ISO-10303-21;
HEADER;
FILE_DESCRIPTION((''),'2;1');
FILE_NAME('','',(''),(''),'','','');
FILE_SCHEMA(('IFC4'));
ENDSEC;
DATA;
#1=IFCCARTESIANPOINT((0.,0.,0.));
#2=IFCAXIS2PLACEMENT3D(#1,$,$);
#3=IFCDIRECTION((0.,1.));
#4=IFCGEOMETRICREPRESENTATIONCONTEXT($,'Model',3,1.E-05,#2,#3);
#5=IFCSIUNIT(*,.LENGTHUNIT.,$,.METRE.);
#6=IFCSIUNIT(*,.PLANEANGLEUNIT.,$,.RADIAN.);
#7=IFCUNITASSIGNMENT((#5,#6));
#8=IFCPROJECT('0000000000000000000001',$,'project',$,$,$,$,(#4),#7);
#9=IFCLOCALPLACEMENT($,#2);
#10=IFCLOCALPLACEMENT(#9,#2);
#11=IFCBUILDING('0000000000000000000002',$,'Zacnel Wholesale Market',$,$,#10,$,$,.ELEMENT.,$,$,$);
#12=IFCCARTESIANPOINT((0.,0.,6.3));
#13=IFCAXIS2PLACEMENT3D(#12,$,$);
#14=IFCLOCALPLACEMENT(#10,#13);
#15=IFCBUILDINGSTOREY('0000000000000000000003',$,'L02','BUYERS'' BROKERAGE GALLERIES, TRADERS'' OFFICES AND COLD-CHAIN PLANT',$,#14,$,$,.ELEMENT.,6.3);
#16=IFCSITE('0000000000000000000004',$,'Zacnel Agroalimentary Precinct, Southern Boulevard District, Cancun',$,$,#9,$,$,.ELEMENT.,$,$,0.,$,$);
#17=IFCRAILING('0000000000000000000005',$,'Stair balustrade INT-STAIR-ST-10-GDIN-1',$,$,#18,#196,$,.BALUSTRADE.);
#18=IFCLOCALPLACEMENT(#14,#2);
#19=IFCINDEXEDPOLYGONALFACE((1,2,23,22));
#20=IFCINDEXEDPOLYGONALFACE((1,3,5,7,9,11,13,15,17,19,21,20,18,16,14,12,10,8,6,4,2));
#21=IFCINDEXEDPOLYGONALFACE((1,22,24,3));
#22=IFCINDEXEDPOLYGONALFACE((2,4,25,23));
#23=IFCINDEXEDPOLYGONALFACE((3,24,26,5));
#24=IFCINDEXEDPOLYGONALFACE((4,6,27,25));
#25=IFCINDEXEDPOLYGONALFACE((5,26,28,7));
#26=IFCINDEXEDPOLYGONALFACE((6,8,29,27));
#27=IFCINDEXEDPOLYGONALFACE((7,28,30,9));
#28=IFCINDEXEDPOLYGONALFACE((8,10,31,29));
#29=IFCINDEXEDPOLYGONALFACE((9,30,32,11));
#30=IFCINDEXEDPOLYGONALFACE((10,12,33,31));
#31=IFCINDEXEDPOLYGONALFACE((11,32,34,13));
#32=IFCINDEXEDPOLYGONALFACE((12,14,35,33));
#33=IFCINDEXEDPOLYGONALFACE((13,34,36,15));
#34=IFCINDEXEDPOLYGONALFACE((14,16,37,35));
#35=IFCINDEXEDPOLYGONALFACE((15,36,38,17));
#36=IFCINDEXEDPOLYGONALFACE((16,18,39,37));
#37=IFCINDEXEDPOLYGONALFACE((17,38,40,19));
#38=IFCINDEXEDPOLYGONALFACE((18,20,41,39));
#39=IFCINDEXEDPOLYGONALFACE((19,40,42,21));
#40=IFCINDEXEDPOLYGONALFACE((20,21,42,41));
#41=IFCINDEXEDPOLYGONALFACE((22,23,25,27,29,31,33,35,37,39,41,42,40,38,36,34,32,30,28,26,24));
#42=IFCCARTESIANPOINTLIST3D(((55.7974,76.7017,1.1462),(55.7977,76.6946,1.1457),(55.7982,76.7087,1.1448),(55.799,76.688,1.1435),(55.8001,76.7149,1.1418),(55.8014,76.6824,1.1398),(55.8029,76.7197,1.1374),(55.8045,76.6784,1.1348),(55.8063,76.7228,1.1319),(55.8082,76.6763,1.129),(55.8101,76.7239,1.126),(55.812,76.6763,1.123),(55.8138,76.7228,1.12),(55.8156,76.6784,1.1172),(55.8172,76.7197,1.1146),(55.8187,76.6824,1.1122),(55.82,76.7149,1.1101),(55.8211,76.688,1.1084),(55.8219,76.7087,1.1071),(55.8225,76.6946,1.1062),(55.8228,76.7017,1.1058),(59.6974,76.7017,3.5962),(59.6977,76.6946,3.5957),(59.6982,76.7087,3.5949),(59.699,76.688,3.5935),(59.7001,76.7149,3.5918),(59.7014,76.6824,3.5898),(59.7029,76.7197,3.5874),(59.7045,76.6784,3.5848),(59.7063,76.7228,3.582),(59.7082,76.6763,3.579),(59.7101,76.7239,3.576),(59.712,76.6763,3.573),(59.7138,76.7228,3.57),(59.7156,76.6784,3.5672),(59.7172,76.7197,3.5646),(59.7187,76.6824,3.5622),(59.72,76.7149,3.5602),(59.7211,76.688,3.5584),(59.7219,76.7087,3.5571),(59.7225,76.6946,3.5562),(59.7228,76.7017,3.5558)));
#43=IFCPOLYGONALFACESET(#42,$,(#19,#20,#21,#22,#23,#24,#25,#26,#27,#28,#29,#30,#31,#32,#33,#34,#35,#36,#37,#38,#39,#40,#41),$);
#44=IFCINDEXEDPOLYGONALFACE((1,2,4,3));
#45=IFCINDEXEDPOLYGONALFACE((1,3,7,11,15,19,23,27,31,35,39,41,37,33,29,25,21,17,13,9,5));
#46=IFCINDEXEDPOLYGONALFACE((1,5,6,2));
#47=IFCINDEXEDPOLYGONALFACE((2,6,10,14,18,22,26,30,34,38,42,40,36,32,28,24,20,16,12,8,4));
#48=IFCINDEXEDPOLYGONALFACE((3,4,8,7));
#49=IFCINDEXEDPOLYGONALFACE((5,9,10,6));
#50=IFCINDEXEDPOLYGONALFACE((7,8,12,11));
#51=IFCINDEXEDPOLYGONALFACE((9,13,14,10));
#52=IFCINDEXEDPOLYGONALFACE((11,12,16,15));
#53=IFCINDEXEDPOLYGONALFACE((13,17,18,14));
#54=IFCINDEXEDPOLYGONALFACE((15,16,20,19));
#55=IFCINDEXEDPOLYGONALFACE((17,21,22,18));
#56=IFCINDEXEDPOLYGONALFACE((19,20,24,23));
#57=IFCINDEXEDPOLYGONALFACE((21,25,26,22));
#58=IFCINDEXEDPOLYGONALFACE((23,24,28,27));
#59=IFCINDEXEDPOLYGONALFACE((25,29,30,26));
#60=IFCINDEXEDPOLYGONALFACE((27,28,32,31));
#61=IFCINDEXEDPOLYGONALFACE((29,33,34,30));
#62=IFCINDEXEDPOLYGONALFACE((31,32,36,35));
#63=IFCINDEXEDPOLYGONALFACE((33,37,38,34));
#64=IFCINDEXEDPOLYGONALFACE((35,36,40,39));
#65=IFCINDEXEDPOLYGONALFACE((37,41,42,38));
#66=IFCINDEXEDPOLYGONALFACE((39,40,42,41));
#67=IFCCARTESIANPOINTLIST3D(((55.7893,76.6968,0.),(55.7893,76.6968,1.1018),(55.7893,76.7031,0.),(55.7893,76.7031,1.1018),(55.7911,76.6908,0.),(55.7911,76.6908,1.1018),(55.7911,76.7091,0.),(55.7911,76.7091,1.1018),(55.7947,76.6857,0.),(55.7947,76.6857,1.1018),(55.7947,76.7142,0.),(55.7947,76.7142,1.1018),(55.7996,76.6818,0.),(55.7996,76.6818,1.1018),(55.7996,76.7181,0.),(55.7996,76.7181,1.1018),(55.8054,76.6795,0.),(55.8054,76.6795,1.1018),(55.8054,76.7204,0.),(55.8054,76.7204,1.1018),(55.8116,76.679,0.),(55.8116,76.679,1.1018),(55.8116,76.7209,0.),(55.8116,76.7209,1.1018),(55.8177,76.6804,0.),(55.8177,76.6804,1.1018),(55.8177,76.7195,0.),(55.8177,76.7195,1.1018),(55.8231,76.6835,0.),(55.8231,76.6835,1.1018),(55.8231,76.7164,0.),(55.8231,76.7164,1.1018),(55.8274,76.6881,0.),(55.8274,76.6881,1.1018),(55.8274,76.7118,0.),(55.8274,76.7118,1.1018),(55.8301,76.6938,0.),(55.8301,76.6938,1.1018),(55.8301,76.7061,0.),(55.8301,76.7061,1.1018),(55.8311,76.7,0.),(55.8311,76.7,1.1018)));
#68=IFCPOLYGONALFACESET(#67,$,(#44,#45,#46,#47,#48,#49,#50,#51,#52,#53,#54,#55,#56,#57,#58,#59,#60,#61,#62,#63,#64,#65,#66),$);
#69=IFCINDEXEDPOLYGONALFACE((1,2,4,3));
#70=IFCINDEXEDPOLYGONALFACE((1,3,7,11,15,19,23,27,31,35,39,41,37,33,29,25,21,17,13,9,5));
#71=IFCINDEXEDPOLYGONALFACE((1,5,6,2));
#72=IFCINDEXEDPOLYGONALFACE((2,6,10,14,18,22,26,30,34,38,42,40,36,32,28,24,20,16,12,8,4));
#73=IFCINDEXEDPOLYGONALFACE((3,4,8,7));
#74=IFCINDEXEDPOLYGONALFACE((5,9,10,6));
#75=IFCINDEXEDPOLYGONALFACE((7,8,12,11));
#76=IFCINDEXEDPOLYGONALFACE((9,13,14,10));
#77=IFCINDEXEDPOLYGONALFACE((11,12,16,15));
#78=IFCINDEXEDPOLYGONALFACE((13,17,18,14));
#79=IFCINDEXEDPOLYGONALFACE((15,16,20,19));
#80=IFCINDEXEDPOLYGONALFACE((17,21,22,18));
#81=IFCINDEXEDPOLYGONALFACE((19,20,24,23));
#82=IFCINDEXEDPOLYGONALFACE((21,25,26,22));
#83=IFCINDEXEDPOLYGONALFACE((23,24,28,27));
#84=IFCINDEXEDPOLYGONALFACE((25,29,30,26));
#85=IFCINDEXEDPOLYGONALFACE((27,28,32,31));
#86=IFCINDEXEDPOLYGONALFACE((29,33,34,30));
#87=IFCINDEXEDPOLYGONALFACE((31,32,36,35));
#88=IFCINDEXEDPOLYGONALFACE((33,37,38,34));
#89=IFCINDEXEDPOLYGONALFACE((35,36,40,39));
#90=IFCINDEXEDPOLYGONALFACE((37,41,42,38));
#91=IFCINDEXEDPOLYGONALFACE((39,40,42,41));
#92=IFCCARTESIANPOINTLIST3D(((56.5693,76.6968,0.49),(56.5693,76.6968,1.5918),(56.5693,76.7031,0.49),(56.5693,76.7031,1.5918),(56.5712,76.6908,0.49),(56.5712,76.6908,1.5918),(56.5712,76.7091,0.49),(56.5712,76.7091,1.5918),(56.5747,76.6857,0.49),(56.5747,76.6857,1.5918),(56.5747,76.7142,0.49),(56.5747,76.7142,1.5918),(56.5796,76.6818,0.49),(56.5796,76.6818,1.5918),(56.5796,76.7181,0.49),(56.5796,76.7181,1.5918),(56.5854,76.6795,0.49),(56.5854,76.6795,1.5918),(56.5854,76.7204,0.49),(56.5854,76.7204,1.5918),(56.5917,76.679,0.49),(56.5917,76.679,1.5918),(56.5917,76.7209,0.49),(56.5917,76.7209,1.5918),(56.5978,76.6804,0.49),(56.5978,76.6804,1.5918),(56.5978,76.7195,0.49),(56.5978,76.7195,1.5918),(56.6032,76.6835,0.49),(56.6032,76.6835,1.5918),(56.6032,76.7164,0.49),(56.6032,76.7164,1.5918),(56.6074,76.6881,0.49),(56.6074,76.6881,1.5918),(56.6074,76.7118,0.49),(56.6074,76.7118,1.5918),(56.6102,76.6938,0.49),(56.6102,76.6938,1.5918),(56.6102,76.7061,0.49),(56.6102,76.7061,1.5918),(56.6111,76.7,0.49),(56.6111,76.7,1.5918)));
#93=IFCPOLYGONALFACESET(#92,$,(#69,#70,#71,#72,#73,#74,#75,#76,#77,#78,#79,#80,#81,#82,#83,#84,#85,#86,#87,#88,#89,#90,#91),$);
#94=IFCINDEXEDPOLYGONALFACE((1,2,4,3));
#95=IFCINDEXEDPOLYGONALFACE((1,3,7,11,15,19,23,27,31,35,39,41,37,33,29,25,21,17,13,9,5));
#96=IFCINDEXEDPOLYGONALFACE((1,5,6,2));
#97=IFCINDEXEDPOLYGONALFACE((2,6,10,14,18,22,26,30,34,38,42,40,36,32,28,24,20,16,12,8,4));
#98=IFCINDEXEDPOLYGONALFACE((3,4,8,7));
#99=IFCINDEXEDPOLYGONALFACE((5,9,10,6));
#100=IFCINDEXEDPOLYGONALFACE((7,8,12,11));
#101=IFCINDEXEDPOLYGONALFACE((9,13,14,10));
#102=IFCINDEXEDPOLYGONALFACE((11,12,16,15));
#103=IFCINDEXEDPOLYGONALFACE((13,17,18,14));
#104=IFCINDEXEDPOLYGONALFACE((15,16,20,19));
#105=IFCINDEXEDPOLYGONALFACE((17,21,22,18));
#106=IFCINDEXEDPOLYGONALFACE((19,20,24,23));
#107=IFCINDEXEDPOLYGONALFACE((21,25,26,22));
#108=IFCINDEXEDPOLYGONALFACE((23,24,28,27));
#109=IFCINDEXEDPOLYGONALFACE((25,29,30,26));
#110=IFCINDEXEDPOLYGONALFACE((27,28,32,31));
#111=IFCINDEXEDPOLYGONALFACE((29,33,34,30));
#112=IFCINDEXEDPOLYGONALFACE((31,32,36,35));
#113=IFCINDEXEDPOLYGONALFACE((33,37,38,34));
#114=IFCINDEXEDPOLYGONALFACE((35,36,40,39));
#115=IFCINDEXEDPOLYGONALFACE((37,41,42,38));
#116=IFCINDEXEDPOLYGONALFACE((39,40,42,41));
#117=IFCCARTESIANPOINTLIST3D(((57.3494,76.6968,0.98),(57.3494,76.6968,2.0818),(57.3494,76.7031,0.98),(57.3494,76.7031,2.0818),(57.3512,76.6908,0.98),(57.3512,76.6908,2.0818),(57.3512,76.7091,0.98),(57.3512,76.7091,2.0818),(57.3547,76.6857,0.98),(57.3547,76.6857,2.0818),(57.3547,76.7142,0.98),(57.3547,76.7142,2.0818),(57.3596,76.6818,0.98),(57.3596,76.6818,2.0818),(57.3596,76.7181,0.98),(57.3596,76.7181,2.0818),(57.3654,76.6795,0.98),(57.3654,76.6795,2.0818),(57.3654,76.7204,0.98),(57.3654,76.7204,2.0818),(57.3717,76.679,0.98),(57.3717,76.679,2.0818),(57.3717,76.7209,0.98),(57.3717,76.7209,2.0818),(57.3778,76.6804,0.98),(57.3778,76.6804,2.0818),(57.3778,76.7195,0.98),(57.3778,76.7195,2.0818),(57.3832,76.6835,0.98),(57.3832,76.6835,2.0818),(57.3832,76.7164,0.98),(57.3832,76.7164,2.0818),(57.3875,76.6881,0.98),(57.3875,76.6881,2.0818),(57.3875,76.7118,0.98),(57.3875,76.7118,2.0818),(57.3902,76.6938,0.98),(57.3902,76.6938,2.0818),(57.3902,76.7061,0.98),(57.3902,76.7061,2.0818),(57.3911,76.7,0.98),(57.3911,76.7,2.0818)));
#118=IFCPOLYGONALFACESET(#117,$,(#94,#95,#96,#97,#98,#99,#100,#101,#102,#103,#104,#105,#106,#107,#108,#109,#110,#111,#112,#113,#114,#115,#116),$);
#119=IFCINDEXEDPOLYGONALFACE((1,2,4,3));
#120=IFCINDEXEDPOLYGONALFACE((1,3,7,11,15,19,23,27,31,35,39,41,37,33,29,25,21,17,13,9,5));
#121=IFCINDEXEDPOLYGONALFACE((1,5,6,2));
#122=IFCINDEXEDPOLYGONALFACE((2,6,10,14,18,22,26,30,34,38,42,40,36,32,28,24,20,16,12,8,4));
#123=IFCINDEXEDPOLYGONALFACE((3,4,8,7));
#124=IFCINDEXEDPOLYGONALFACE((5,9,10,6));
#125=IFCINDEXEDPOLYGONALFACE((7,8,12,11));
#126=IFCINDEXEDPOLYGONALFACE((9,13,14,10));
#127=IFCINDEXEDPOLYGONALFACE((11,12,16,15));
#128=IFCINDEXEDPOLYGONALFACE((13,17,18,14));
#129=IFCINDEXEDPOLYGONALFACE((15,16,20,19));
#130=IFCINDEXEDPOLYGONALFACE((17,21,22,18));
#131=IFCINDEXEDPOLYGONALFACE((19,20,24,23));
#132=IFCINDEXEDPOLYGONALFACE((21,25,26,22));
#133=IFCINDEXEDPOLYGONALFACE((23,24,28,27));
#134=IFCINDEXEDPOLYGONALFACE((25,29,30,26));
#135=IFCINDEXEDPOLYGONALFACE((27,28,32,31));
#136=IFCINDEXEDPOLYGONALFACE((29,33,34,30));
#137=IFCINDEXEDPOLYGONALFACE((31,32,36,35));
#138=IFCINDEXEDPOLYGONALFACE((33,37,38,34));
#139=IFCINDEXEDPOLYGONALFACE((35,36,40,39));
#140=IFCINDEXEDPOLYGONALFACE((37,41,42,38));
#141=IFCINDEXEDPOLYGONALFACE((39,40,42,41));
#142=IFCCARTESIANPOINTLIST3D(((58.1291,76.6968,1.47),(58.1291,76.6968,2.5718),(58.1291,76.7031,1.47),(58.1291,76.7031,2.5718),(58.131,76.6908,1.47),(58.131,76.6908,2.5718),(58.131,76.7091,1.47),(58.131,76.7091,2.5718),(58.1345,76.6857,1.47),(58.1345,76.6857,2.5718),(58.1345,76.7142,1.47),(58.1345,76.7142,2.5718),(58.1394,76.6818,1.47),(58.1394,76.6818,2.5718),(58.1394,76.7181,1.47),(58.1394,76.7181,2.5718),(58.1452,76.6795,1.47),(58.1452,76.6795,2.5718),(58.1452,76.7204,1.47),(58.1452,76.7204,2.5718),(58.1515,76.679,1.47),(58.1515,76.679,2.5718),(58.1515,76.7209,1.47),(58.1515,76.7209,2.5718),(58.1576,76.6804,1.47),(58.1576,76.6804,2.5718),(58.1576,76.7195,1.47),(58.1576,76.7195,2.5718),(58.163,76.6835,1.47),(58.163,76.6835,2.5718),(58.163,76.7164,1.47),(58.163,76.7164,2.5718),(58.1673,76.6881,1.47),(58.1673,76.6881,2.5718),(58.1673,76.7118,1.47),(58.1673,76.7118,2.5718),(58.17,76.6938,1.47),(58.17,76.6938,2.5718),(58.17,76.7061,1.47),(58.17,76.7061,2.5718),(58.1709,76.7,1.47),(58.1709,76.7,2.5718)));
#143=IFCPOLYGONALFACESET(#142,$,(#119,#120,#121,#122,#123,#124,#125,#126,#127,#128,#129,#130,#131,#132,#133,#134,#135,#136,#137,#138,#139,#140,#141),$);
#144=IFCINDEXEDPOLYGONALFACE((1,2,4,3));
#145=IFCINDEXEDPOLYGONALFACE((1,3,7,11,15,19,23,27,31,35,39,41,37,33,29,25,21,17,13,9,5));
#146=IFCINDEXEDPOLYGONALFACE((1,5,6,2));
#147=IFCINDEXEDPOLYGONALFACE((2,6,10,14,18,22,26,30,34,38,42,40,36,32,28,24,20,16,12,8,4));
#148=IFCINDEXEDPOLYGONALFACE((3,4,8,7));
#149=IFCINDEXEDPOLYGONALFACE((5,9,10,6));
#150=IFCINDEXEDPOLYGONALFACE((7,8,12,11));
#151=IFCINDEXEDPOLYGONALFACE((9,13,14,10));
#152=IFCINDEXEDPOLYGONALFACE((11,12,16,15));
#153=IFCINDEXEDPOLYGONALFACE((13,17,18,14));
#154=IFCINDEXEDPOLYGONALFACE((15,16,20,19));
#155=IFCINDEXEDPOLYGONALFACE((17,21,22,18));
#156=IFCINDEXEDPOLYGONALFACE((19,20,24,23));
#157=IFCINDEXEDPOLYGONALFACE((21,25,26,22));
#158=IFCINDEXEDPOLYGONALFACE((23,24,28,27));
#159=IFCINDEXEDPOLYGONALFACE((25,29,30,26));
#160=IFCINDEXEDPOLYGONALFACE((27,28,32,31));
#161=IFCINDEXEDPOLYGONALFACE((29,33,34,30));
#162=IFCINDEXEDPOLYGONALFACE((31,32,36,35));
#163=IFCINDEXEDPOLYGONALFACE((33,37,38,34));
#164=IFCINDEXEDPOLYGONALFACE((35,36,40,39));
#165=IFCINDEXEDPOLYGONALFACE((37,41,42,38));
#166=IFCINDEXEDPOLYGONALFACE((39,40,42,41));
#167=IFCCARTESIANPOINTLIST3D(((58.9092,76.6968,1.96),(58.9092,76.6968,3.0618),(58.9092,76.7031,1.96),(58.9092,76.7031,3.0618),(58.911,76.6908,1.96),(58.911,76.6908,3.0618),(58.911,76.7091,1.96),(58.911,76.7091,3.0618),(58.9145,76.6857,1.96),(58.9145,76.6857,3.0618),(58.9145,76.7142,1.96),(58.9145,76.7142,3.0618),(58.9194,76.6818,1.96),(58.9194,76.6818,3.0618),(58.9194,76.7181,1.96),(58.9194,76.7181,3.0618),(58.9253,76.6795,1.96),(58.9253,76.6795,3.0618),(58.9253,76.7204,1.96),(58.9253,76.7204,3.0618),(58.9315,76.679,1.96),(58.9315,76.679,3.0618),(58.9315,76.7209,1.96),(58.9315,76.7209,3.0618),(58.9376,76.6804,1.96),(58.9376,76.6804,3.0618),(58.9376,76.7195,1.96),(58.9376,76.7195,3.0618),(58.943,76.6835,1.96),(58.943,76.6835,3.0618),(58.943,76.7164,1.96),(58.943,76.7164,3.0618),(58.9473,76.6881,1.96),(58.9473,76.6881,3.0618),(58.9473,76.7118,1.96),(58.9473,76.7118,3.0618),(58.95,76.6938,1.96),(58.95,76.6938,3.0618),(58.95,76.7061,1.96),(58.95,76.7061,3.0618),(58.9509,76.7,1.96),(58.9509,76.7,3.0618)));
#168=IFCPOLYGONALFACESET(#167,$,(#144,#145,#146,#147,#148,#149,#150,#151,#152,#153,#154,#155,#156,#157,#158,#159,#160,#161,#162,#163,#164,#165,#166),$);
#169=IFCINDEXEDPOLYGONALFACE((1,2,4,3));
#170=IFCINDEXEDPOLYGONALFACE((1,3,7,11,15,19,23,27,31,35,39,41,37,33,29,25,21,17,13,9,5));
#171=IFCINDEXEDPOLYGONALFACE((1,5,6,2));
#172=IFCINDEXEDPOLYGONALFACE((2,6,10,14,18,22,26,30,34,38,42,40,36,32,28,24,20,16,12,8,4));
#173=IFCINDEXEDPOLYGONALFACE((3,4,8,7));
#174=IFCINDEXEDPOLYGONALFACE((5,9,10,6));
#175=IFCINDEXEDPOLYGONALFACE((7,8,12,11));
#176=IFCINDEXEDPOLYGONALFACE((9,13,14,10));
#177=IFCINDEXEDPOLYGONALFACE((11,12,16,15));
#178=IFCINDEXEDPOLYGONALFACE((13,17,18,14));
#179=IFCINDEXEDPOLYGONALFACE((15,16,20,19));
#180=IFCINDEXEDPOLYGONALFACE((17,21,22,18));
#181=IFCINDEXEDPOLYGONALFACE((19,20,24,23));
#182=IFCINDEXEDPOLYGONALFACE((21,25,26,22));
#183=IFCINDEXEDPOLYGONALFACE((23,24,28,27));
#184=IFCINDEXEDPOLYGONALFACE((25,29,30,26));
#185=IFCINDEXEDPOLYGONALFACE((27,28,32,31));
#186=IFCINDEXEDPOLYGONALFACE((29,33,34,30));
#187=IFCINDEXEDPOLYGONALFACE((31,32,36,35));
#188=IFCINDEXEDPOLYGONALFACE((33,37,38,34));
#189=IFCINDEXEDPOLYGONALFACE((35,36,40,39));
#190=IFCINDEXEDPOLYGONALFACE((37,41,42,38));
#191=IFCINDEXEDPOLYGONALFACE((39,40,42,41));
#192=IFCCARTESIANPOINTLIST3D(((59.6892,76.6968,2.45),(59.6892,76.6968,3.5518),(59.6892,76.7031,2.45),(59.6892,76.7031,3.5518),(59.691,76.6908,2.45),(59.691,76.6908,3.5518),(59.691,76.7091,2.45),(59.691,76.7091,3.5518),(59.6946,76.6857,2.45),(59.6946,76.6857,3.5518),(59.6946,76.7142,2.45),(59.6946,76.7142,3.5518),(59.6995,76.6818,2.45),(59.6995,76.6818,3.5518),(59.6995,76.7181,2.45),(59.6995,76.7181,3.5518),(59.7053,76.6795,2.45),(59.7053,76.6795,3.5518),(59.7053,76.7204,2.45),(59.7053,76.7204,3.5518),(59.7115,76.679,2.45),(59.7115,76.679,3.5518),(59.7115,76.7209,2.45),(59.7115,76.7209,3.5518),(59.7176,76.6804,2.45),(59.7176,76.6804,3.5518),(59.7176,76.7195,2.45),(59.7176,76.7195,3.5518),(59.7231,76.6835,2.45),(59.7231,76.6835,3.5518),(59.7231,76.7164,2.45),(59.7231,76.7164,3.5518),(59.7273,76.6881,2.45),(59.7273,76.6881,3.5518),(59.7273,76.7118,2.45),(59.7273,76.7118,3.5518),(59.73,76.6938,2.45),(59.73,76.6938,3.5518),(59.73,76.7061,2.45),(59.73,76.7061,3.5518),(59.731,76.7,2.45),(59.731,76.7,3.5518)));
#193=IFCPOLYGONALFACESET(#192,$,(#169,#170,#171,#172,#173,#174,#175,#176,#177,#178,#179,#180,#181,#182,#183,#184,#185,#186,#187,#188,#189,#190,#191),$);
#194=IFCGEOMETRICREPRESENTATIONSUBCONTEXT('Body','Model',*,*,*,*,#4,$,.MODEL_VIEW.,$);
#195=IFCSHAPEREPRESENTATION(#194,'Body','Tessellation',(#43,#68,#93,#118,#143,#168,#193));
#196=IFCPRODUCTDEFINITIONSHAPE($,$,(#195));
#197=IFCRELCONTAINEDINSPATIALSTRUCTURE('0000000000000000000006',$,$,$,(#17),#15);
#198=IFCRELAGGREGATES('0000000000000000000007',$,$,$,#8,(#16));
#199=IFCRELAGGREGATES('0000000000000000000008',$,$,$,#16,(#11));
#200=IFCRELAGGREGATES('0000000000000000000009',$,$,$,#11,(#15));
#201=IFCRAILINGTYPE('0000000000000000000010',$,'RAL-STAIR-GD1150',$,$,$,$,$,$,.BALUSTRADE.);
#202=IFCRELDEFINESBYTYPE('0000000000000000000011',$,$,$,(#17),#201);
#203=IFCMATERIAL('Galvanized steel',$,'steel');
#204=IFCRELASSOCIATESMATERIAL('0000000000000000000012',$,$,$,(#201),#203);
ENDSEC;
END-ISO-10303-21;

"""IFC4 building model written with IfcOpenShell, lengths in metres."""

from ifc_helpers import new_model, si_unit, direction, frame, origin, origin_2d, place, context, subcontext, project, spatial, circle, extrude, material, type_object, element, save


model = new_model("IFC4")

# Units and contexts
model_context = context("Model", 3, precision=1e-05, world=origin(), true_north=direction((0.0, 1.0)))
body_context = subcontext(model_context, "Body", "Model", "MODEL_VIEW")
ifc_project = project(units=[si_unit("LENGTHUNIT", "METRE"), si_unit("PLANEANGLEUNIT", "RADIAN")], contexts=[model_context])

# Site, building, storey
site_placement = place(None, origin())
site = spatial("IfcSite", under=ifc_project, at=site_placement, Name="Zacnel Agroalimentary Precinct, Southern Boulevard District, Cancun", CompositionType="ELEMENT", RefElevation=0.0)
building_placement = place(site_placement, origin())
building = spatial("IfcBuilding", under=site, at=building_placement, Name="Zacnel Wholesale Market", CompositionType="ELEMENT")
storey_placement = place(building_placement, frame((0.0, 0.0, 6.3)))
storey = spatial("IfcBuildingStorey", under=building, at=storey_placement, Name="L02", Description="BUYERS' BROKERAGE GALLERIES, TRADERS' OFFICES AND COLD-CHAIN PLANT", CompositionType="ELEMENT", Elevation=6.3)

# Railing
ifc_material_1 = material(Name="Galvanized steel", Category="steel")
railing_type = type_object("IfcRailingType", Name="RAL-STAIR-GD1150", PredefinedType="BALUSTRADE", material=ifc_material_1)
railing_placement = place(storey_placement, frame((55.8101, 76.7, 0.0)))
element("IfcRailing", 1, at=railing_placement, inside=storey, type_object=railing_type, Name="Stair balustrade INT-STAIR-ST-10-GDIN-1", PredefinedType="BALUSTRADE", context=body_context, shape_type="SweptSolid", body=[
    extrude(circle(Radius=0.0239, at=origin_2d()), frame((0.0, 0.0, 1.126), z_axis=(0.846775, 0.0, 0.531951), x_axis=(0.0, 1.0, 0.0)), (0.0, 0.0, 1.0), 4.6057),
    extrude(circle(Radius=0.021, at=origin_2d()), origin(), (0.0, 0.0, 1.0), 1.1018),
    extrude(circle(Radius=0.021, at=origin_2d()), frame((0.78, 0.0, 0.49)), (0.0, 0.0, 1.0), 1.1018),
    extrude(circle(Radius=0.021, at=origin_2d()), frame((1.5601, 0.0, 0.98)), (0.0, 0.0, 1.0), 1.1018),
    extrude(circle(Radius=0.021, at=origin_2d()), frame((2.3398, 0.0, 1.47)), (0.0, 0.0, 1.0), 1.1018),
    extrude(circle(Radius=0.021, at=origin_2d()), frame((3.1199, 0.0, 1.96)), (0.0, 0.0, 1.0), 1.1018),
    extrude(circle(Radius=0.021, at=origin_2d()), frame((3.8999, 0.0, 2.45)), (0.0, 0.0, 1.0), 1.1018),
])

save(model, "model.ifc")
